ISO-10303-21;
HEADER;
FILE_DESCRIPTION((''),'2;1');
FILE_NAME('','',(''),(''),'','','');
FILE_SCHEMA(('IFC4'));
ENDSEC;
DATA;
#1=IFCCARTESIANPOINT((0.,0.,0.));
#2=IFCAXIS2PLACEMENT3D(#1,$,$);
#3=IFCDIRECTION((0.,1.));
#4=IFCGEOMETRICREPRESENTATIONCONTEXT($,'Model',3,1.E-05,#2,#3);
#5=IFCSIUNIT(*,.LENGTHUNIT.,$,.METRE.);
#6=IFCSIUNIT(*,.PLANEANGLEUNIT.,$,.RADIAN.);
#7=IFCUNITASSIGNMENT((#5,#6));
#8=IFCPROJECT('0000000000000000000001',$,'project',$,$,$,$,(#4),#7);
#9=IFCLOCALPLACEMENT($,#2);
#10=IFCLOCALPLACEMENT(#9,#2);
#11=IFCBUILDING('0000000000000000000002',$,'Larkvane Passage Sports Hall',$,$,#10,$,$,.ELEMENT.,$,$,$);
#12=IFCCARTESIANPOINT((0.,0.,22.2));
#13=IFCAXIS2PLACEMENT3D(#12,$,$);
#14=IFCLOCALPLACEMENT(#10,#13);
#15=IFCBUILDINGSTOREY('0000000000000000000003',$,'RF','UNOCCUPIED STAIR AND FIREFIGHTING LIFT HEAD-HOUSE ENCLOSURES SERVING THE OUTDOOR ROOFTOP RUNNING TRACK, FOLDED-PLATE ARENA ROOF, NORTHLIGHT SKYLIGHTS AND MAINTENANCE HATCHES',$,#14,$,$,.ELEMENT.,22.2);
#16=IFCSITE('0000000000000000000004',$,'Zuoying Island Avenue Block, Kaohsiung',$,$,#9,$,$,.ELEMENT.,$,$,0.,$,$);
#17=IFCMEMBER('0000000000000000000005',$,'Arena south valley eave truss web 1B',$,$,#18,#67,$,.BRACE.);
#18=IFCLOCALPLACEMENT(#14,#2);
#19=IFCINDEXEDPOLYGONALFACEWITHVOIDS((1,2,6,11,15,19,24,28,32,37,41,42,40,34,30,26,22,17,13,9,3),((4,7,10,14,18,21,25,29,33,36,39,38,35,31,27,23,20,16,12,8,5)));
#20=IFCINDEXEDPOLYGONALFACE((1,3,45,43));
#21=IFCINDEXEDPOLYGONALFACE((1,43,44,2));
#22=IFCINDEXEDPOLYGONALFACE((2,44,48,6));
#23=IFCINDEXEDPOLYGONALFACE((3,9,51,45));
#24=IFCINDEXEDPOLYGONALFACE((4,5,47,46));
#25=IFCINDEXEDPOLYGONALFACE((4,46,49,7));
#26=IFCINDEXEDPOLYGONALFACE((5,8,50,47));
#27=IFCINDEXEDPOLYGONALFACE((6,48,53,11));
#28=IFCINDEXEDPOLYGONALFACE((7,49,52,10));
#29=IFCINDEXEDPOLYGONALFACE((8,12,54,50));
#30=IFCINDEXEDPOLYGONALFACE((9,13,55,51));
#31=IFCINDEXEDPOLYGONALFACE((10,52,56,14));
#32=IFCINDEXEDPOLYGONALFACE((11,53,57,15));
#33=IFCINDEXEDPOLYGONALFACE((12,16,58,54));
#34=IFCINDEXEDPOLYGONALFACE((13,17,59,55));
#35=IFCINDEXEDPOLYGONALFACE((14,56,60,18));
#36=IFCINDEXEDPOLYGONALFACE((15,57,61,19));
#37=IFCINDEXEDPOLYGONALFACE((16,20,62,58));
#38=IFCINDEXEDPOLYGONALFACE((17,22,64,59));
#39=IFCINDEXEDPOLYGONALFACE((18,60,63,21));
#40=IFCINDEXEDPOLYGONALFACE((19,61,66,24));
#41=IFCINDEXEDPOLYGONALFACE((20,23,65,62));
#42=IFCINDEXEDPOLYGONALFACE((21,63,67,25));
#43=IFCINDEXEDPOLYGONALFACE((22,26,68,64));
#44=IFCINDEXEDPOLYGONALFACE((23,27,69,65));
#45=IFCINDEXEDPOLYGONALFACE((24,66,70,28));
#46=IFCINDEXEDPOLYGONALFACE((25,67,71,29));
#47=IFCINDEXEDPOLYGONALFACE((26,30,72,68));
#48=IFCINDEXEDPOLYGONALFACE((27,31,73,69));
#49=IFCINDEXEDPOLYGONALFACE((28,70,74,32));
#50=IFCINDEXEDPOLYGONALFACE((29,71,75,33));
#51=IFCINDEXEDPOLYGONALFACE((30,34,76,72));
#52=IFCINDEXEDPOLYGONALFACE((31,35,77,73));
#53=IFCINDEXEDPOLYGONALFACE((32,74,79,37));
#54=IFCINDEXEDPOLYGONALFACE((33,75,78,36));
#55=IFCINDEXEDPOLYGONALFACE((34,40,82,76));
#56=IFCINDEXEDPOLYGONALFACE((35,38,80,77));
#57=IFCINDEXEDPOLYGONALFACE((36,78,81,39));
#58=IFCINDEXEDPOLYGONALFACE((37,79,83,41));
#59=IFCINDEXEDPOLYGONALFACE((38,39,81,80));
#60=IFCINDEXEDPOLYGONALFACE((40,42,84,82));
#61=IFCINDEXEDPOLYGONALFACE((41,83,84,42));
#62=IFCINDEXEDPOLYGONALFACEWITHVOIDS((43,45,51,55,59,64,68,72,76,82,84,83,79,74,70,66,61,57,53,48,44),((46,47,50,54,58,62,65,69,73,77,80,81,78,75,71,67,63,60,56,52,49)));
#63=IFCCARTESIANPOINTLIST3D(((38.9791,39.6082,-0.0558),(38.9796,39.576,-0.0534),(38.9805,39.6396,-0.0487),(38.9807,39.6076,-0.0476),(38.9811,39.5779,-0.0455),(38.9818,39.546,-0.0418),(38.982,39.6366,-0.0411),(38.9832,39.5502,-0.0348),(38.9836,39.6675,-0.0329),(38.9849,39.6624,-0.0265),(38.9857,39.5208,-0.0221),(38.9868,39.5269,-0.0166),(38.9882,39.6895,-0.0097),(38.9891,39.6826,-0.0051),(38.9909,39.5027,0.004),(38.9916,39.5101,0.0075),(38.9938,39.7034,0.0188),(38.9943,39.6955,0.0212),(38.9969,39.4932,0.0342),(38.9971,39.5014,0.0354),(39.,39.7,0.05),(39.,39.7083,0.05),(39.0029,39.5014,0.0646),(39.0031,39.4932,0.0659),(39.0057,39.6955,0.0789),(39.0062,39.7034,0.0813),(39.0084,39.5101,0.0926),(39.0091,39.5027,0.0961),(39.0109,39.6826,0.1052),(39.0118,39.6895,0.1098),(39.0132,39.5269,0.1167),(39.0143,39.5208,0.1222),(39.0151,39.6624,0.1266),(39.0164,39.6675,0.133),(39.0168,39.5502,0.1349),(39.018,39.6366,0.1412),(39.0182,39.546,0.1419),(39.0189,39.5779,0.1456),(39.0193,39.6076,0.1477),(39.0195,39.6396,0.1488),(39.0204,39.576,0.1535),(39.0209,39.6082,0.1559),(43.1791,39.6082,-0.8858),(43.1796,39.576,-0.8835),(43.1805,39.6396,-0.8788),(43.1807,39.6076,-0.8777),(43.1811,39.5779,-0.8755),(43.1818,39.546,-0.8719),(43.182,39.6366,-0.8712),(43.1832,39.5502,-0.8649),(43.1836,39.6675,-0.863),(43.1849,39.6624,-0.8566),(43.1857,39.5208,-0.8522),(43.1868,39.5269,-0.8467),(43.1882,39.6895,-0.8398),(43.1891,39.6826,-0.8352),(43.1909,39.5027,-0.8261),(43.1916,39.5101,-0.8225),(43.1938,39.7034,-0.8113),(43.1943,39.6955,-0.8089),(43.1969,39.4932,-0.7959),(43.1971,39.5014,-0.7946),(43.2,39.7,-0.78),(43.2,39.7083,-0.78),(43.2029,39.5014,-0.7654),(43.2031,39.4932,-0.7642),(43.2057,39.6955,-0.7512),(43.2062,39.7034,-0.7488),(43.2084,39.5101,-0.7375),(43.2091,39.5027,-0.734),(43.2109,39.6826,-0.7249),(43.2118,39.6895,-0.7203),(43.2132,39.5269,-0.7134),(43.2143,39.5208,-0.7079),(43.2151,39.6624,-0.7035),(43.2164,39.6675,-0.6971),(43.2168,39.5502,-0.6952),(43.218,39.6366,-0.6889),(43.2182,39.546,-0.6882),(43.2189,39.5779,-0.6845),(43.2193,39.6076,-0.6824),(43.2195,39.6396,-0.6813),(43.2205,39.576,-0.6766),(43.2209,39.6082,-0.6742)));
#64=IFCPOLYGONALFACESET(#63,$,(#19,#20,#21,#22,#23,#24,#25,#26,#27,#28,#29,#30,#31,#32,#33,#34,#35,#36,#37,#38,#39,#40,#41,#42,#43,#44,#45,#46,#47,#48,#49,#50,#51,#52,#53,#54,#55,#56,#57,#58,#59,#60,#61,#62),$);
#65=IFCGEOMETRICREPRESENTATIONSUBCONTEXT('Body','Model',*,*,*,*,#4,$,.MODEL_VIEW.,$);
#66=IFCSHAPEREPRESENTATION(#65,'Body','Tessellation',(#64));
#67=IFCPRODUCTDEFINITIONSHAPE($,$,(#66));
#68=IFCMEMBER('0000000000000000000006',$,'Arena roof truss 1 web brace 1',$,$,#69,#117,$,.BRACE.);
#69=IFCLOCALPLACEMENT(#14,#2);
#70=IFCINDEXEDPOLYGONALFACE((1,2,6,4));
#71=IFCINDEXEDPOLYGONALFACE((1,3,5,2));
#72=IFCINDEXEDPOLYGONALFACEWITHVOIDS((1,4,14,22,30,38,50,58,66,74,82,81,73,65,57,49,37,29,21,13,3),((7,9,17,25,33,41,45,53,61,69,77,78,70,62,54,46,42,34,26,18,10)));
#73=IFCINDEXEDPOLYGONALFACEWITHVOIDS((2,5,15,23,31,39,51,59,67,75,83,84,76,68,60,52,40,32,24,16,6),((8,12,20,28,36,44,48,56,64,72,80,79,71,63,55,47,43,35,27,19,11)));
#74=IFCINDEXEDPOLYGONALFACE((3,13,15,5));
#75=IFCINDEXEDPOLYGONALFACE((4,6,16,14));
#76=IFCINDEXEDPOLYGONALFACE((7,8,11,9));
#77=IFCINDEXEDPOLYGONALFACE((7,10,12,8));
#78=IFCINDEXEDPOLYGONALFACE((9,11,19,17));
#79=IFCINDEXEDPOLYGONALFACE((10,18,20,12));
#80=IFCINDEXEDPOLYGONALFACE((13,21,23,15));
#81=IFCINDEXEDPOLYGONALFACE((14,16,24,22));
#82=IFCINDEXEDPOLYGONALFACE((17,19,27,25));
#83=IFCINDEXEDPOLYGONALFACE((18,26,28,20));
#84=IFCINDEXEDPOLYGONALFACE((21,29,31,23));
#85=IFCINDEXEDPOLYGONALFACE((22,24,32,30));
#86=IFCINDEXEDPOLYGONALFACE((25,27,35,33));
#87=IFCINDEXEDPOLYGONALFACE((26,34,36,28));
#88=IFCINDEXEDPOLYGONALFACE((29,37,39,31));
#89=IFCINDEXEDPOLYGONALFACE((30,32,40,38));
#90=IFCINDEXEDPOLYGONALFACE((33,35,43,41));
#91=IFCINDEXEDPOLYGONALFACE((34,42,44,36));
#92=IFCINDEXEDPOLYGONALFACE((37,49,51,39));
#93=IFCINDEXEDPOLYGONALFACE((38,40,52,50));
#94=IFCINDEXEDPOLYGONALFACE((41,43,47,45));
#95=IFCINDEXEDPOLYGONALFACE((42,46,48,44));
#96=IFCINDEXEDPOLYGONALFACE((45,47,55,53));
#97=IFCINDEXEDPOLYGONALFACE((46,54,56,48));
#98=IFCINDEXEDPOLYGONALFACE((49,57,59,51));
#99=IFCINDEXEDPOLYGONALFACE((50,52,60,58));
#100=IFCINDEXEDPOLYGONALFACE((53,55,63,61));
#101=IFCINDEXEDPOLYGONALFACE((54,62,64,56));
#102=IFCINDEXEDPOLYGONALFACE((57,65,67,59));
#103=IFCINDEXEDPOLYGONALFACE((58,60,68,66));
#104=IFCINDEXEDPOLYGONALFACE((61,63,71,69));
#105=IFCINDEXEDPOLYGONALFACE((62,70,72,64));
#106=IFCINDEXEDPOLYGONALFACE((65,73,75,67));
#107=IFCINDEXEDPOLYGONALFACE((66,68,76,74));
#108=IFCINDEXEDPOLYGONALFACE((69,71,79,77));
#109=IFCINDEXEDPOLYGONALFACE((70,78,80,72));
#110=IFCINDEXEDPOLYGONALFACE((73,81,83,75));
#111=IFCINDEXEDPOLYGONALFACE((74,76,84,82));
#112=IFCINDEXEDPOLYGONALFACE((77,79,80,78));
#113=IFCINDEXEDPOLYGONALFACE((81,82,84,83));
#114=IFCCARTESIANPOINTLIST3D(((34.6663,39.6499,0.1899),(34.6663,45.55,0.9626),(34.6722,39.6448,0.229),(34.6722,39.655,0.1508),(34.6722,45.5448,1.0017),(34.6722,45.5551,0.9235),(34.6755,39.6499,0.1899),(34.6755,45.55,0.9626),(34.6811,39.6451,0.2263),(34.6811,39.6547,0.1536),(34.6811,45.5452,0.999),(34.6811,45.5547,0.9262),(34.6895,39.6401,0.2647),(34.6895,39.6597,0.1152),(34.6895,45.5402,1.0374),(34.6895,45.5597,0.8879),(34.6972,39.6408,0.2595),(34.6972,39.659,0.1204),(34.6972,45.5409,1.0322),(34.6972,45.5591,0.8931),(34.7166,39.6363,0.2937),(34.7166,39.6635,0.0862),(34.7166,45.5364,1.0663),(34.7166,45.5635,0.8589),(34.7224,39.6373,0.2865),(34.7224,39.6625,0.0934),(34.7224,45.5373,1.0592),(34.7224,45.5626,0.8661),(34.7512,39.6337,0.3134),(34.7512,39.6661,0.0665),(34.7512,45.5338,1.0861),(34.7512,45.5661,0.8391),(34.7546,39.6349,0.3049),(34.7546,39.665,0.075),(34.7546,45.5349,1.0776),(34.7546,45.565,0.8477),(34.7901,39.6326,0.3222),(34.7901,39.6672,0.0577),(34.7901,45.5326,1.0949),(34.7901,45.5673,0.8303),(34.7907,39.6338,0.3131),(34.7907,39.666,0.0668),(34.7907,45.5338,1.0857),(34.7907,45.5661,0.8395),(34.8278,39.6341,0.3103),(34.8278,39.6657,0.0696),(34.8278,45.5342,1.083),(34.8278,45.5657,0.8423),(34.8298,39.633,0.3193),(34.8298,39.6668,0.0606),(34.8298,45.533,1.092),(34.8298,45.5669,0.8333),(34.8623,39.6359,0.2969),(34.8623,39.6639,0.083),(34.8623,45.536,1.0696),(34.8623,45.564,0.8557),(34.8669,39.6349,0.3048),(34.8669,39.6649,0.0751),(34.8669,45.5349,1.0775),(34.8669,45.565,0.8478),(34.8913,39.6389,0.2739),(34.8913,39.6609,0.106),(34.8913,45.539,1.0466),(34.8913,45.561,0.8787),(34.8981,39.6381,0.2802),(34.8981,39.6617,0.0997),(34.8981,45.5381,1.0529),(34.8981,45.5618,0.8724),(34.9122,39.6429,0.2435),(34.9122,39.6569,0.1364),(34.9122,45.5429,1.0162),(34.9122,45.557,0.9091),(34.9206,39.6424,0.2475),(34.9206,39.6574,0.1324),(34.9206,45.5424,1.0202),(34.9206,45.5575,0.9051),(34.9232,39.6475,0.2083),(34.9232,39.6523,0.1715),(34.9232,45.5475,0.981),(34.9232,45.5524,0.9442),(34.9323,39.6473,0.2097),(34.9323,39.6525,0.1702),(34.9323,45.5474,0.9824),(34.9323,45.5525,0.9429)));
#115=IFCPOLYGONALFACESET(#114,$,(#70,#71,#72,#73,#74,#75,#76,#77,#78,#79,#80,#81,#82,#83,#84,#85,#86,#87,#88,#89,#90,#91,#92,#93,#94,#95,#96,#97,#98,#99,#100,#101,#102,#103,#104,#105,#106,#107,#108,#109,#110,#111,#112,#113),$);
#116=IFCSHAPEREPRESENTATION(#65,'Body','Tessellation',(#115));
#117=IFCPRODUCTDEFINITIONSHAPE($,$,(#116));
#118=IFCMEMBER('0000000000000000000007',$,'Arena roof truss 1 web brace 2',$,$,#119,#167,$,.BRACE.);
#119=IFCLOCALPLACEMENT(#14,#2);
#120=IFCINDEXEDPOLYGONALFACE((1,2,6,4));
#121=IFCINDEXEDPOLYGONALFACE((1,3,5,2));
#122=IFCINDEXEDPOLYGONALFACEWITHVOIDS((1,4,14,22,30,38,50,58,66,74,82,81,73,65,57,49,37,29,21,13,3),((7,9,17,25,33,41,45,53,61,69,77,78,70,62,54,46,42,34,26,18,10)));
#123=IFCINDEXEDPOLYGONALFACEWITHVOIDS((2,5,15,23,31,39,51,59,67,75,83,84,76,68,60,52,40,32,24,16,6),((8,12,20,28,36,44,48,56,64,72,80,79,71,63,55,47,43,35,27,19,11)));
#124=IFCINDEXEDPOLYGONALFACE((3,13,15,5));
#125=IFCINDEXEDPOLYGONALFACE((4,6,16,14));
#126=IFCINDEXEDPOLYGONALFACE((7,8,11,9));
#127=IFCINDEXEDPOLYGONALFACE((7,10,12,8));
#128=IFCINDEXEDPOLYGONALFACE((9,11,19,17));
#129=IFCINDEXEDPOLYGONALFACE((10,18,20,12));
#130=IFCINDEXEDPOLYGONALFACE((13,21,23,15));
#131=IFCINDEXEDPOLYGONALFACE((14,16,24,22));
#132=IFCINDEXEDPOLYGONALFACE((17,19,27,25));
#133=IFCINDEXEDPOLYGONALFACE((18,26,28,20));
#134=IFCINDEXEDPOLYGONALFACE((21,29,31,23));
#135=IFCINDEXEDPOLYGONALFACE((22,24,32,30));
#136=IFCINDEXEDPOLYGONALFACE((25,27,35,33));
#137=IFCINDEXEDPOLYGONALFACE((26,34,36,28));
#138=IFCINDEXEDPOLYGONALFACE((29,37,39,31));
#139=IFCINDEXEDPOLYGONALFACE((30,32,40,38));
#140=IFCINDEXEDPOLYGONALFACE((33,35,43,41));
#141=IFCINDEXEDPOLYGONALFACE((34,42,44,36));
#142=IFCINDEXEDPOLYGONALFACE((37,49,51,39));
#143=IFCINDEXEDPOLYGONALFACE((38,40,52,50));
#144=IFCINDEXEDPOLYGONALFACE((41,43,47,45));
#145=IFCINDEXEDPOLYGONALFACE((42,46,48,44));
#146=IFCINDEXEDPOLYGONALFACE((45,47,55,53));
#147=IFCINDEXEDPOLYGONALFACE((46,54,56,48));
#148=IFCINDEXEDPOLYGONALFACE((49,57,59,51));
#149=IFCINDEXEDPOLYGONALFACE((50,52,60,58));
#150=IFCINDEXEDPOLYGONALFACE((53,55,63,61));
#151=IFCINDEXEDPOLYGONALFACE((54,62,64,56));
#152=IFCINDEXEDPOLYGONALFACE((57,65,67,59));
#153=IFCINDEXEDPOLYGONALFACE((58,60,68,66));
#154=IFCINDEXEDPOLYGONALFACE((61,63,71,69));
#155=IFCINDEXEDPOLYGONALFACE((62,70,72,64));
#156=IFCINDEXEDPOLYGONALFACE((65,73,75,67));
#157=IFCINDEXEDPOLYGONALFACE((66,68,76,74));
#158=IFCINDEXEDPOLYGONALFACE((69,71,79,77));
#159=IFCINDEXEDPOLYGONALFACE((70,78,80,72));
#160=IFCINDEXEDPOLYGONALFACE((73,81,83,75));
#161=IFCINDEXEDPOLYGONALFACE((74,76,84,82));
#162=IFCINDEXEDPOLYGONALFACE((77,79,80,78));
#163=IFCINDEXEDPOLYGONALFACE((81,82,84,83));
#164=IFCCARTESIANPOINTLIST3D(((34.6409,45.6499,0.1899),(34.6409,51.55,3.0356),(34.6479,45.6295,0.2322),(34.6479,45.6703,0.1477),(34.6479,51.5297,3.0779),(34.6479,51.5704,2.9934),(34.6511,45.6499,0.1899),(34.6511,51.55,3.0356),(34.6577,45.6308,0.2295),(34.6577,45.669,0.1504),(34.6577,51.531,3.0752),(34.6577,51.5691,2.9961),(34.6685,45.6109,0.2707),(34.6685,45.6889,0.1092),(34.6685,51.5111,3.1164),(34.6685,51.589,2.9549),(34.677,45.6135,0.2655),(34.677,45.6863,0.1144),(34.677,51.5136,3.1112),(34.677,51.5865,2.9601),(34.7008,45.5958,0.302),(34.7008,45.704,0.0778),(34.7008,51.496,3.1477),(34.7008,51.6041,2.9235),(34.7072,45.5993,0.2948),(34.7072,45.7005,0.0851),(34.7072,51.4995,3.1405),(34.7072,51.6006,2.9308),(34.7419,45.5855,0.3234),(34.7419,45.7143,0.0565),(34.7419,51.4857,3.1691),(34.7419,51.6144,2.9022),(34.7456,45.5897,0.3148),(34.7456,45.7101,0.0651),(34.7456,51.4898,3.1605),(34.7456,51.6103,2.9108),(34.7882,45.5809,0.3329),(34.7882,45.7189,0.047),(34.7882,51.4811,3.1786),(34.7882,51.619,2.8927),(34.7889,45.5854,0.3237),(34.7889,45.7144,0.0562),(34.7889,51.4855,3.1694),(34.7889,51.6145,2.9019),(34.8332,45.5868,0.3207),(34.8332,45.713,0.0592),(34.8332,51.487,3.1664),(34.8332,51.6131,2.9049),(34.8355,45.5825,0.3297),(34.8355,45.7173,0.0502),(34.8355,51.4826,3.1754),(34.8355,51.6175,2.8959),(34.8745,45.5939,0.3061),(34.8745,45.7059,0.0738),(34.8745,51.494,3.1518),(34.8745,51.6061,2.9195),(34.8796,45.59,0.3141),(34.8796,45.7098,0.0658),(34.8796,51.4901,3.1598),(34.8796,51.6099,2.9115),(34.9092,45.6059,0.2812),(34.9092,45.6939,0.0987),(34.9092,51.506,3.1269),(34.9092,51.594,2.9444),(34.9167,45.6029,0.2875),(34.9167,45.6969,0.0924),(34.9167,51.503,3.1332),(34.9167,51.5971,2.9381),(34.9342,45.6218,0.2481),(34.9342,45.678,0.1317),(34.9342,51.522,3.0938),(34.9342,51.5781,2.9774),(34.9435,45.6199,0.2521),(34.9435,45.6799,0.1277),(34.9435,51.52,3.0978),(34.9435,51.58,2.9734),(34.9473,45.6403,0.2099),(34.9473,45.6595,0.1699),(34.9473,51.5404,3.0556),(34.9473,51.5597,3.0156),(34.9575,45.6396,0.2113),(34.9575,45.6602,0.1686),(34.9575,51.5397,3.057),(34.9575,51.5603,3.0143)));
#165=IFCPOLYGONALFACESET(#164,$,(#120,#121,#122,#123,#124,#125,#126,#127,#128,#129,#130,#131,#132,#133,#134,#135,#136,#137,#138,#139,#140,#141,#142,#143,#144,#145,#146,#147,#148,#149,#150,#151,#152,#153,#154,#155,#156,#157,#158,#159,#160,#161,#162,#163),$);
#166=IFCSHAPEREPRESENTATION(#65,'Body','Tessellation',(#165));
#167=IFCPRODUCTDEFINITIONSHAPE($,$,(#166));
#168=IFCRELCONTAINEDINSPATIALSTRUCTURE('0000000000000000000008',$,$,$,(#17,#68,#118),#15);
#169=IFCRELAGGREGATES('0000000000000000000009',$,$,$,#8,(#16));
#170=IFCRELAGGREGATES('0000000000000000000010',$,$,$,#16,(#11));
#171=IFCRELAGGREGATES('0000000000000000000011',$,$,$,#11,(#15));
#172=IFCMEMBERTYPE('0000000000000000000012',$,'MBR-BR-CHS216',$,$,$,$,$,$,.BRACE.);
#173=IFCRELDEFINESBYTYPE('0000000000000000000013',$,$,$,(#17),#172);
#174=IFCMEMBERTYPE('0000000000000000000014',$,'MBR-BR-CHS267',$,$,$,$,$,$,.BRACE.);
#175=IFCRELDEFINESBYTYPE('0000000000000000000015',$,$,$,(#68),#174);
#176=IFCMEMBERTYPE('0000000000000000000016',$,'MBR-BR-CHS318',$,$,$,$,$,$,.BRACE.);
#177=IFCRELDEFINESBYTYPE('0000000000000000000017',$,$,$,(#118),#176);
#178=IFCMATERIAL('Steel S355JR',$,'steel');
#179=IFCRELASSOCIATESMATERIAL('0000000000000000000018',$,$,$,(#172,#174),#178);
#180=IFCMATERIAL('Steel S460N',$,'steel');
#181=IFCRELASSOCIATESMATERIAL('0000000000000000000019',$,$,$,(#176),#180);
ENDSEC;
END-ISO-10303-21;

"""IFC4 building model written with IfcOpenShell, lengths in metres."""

from ifc_helpers import new_model, si_unit, direction, frame, origin, origin_2d, place, context, subcontext, project, spatial, hollow_circle, extrude, material, material_profile, profile_set, type_object, element, save


model = new_model("IFC4")

# Units and contexts
model_context = context("Model", 3, precision=1e-05, world=origin(), true_north=direction((0.0, 1.0)))
body_context = subcontext(model_context, "Body", "Model", "MODEL_VIEW")
ifc_project = project(units=[si_unit("LENGTHUNIT", "METRE"), si_unit("PLANEANGLEUNIT", "RADIAN")], contexts=[model_context])

# Site, building, storey
site_placement = place(None, origin())
site = spatial("IfcSite", under=ifc_project, at=site_placement, Name="Zuoying Island Avenue Block, Kaohsiung", CompositionType="ELEMENT", RefElevation=0.0)
building_placement = place(site_placement, origin())
building = spatial("IfcBuilding", under=site, at=building_placement, Name="Larkvane Passage Sports Hall", CompositionType="ELEMENT")
storey_placement = place(building_placement, frame((0.0, 0.0, 22.2)))
storey = spatial("IfcBuildingStorey", under=building, at=storey_placement, Name="RF", Description="UNOCCUPIED STAIR AND FIREFIGHTING LIFT HEAD-HOUSE ENCLOSURES SERVING THE OUTDOOR ROOFTOP RUNNING TRACK, FOLDED-PLATE ARENA ROOF, NORTHLIGHT SKYLIGHTS AND MAINTENANCE HATCHES", CompositionType="ELEMENT", Elevation=22.2)

# Members
ifc_material_1 = material(Name="Steel S355JR", Category="steel")
ifc_material_profile_1 = material_profile(ifc_material_1, hollow_circle(Radius=0.1082, WallThickness=0.0083, at=origin_2d()), Name="CHS-216.3x8.2")
ifc_profile_set_1 = profile_set([ifc_material_profile_1], Name="Steel S355JR")
member_type_1 = type_object("IfcMemberType", Name="MBR-BR-CHS216", PredefinedType="BRACE", material=ifc_profile_set_1)
member_1_placement = place(storey_placement, frame((39.0, 39.6001, 0.05), z_axis=(0.981023, 0.0, -0.193889), x_axis=(0.0, 1.0, 0.0)))
element("IfcMember", 1, at=member_1_placement, inside=storey, type_object=member_type_1, Name="Arena south valley eave truss web 1B", PredefinedType="BRACE", context=body_context, shape_type="SweptSolid", body=[
    extrude(hollow_circle(Radius=0.1082, WallThickness=0.0083, at=origin_2d()), origin(), (0.0, 0.0, 1.0), 4.2812),
])
ifc_material_profile_2 = material_profile(ifc_material_1, hollow_circle(Radius=0.1338, WallThickness=0.0093, at=origin_2d()), Name="CHS-267.4x9.3")
ifc_profile_set_2 = profile_set([ifc_material_profile_2], Name="Steel S355JR")
member_type_2 = type_object("IfcMemberType", Name="MBR-BR-CHS267", PredefinedType="BRACE", material=ifc_profile_set_2)
member_2_placement = place(storey_placement, frame((34.8, 39.6499, 0.1899), z_axis=(0.0, 0.991533, 0.129855), x_axis=(-1.0, 0.0, 0.0)))
element("IfcMember", 2, at=member_2_placement, inside=storey, type_object=member_type_2, Name="Arena roof truss 1 web brace 1", PredefinedType="BRACE", context=body_context, shape_type="SweptSolid", body=[
    extrude(hollow_circle(Radius=0.1338, WallThickness=0.0093, at=origin_2d()), origin(), (0.0, 0.0, 1.0), 5.9504),
])
ifc_material_2 = material(Name="Steel S460N", Category="steel")
ifc_material_profile_3 = material_profile(ifc_material_2, hollow_circle(Radius=0.1592, WallThickness=0.0103, at=origin_2d()), Name="CHS-318.5x10.3")
ifc_profile_set_3 = profile_set([ifc_material_profile_3], Name="Steel S460N")
member_type_3 = type_object("IfcMemberType", Name="MBR-BR-CHS318", PredefinedType="BRACE", material=ifc_profile_set_3)
member_3_placement = place(storey_placement, frame((34.8, 45.6499, 0.1899), z_axis=(0.0, 0.90071, 0.434422), x_axis=(-1.0, 0.0, 0.0)))
element("IfcMember", 3, at=member_3_placement, inside=storey, type_object=member_type_3, Name="Arena roof truss 1 web brace 2", PredefinedType="BRACE", context=body_context, shape_type="SweptSolid", body=[
    extrude(hollow_circle(Radius=0.1592, WallThickness=0.0103, at=origin_2d()), origin(), (0.0, 0.0, 1.0), 6.5505),
])

save(model, "model.ifc")
